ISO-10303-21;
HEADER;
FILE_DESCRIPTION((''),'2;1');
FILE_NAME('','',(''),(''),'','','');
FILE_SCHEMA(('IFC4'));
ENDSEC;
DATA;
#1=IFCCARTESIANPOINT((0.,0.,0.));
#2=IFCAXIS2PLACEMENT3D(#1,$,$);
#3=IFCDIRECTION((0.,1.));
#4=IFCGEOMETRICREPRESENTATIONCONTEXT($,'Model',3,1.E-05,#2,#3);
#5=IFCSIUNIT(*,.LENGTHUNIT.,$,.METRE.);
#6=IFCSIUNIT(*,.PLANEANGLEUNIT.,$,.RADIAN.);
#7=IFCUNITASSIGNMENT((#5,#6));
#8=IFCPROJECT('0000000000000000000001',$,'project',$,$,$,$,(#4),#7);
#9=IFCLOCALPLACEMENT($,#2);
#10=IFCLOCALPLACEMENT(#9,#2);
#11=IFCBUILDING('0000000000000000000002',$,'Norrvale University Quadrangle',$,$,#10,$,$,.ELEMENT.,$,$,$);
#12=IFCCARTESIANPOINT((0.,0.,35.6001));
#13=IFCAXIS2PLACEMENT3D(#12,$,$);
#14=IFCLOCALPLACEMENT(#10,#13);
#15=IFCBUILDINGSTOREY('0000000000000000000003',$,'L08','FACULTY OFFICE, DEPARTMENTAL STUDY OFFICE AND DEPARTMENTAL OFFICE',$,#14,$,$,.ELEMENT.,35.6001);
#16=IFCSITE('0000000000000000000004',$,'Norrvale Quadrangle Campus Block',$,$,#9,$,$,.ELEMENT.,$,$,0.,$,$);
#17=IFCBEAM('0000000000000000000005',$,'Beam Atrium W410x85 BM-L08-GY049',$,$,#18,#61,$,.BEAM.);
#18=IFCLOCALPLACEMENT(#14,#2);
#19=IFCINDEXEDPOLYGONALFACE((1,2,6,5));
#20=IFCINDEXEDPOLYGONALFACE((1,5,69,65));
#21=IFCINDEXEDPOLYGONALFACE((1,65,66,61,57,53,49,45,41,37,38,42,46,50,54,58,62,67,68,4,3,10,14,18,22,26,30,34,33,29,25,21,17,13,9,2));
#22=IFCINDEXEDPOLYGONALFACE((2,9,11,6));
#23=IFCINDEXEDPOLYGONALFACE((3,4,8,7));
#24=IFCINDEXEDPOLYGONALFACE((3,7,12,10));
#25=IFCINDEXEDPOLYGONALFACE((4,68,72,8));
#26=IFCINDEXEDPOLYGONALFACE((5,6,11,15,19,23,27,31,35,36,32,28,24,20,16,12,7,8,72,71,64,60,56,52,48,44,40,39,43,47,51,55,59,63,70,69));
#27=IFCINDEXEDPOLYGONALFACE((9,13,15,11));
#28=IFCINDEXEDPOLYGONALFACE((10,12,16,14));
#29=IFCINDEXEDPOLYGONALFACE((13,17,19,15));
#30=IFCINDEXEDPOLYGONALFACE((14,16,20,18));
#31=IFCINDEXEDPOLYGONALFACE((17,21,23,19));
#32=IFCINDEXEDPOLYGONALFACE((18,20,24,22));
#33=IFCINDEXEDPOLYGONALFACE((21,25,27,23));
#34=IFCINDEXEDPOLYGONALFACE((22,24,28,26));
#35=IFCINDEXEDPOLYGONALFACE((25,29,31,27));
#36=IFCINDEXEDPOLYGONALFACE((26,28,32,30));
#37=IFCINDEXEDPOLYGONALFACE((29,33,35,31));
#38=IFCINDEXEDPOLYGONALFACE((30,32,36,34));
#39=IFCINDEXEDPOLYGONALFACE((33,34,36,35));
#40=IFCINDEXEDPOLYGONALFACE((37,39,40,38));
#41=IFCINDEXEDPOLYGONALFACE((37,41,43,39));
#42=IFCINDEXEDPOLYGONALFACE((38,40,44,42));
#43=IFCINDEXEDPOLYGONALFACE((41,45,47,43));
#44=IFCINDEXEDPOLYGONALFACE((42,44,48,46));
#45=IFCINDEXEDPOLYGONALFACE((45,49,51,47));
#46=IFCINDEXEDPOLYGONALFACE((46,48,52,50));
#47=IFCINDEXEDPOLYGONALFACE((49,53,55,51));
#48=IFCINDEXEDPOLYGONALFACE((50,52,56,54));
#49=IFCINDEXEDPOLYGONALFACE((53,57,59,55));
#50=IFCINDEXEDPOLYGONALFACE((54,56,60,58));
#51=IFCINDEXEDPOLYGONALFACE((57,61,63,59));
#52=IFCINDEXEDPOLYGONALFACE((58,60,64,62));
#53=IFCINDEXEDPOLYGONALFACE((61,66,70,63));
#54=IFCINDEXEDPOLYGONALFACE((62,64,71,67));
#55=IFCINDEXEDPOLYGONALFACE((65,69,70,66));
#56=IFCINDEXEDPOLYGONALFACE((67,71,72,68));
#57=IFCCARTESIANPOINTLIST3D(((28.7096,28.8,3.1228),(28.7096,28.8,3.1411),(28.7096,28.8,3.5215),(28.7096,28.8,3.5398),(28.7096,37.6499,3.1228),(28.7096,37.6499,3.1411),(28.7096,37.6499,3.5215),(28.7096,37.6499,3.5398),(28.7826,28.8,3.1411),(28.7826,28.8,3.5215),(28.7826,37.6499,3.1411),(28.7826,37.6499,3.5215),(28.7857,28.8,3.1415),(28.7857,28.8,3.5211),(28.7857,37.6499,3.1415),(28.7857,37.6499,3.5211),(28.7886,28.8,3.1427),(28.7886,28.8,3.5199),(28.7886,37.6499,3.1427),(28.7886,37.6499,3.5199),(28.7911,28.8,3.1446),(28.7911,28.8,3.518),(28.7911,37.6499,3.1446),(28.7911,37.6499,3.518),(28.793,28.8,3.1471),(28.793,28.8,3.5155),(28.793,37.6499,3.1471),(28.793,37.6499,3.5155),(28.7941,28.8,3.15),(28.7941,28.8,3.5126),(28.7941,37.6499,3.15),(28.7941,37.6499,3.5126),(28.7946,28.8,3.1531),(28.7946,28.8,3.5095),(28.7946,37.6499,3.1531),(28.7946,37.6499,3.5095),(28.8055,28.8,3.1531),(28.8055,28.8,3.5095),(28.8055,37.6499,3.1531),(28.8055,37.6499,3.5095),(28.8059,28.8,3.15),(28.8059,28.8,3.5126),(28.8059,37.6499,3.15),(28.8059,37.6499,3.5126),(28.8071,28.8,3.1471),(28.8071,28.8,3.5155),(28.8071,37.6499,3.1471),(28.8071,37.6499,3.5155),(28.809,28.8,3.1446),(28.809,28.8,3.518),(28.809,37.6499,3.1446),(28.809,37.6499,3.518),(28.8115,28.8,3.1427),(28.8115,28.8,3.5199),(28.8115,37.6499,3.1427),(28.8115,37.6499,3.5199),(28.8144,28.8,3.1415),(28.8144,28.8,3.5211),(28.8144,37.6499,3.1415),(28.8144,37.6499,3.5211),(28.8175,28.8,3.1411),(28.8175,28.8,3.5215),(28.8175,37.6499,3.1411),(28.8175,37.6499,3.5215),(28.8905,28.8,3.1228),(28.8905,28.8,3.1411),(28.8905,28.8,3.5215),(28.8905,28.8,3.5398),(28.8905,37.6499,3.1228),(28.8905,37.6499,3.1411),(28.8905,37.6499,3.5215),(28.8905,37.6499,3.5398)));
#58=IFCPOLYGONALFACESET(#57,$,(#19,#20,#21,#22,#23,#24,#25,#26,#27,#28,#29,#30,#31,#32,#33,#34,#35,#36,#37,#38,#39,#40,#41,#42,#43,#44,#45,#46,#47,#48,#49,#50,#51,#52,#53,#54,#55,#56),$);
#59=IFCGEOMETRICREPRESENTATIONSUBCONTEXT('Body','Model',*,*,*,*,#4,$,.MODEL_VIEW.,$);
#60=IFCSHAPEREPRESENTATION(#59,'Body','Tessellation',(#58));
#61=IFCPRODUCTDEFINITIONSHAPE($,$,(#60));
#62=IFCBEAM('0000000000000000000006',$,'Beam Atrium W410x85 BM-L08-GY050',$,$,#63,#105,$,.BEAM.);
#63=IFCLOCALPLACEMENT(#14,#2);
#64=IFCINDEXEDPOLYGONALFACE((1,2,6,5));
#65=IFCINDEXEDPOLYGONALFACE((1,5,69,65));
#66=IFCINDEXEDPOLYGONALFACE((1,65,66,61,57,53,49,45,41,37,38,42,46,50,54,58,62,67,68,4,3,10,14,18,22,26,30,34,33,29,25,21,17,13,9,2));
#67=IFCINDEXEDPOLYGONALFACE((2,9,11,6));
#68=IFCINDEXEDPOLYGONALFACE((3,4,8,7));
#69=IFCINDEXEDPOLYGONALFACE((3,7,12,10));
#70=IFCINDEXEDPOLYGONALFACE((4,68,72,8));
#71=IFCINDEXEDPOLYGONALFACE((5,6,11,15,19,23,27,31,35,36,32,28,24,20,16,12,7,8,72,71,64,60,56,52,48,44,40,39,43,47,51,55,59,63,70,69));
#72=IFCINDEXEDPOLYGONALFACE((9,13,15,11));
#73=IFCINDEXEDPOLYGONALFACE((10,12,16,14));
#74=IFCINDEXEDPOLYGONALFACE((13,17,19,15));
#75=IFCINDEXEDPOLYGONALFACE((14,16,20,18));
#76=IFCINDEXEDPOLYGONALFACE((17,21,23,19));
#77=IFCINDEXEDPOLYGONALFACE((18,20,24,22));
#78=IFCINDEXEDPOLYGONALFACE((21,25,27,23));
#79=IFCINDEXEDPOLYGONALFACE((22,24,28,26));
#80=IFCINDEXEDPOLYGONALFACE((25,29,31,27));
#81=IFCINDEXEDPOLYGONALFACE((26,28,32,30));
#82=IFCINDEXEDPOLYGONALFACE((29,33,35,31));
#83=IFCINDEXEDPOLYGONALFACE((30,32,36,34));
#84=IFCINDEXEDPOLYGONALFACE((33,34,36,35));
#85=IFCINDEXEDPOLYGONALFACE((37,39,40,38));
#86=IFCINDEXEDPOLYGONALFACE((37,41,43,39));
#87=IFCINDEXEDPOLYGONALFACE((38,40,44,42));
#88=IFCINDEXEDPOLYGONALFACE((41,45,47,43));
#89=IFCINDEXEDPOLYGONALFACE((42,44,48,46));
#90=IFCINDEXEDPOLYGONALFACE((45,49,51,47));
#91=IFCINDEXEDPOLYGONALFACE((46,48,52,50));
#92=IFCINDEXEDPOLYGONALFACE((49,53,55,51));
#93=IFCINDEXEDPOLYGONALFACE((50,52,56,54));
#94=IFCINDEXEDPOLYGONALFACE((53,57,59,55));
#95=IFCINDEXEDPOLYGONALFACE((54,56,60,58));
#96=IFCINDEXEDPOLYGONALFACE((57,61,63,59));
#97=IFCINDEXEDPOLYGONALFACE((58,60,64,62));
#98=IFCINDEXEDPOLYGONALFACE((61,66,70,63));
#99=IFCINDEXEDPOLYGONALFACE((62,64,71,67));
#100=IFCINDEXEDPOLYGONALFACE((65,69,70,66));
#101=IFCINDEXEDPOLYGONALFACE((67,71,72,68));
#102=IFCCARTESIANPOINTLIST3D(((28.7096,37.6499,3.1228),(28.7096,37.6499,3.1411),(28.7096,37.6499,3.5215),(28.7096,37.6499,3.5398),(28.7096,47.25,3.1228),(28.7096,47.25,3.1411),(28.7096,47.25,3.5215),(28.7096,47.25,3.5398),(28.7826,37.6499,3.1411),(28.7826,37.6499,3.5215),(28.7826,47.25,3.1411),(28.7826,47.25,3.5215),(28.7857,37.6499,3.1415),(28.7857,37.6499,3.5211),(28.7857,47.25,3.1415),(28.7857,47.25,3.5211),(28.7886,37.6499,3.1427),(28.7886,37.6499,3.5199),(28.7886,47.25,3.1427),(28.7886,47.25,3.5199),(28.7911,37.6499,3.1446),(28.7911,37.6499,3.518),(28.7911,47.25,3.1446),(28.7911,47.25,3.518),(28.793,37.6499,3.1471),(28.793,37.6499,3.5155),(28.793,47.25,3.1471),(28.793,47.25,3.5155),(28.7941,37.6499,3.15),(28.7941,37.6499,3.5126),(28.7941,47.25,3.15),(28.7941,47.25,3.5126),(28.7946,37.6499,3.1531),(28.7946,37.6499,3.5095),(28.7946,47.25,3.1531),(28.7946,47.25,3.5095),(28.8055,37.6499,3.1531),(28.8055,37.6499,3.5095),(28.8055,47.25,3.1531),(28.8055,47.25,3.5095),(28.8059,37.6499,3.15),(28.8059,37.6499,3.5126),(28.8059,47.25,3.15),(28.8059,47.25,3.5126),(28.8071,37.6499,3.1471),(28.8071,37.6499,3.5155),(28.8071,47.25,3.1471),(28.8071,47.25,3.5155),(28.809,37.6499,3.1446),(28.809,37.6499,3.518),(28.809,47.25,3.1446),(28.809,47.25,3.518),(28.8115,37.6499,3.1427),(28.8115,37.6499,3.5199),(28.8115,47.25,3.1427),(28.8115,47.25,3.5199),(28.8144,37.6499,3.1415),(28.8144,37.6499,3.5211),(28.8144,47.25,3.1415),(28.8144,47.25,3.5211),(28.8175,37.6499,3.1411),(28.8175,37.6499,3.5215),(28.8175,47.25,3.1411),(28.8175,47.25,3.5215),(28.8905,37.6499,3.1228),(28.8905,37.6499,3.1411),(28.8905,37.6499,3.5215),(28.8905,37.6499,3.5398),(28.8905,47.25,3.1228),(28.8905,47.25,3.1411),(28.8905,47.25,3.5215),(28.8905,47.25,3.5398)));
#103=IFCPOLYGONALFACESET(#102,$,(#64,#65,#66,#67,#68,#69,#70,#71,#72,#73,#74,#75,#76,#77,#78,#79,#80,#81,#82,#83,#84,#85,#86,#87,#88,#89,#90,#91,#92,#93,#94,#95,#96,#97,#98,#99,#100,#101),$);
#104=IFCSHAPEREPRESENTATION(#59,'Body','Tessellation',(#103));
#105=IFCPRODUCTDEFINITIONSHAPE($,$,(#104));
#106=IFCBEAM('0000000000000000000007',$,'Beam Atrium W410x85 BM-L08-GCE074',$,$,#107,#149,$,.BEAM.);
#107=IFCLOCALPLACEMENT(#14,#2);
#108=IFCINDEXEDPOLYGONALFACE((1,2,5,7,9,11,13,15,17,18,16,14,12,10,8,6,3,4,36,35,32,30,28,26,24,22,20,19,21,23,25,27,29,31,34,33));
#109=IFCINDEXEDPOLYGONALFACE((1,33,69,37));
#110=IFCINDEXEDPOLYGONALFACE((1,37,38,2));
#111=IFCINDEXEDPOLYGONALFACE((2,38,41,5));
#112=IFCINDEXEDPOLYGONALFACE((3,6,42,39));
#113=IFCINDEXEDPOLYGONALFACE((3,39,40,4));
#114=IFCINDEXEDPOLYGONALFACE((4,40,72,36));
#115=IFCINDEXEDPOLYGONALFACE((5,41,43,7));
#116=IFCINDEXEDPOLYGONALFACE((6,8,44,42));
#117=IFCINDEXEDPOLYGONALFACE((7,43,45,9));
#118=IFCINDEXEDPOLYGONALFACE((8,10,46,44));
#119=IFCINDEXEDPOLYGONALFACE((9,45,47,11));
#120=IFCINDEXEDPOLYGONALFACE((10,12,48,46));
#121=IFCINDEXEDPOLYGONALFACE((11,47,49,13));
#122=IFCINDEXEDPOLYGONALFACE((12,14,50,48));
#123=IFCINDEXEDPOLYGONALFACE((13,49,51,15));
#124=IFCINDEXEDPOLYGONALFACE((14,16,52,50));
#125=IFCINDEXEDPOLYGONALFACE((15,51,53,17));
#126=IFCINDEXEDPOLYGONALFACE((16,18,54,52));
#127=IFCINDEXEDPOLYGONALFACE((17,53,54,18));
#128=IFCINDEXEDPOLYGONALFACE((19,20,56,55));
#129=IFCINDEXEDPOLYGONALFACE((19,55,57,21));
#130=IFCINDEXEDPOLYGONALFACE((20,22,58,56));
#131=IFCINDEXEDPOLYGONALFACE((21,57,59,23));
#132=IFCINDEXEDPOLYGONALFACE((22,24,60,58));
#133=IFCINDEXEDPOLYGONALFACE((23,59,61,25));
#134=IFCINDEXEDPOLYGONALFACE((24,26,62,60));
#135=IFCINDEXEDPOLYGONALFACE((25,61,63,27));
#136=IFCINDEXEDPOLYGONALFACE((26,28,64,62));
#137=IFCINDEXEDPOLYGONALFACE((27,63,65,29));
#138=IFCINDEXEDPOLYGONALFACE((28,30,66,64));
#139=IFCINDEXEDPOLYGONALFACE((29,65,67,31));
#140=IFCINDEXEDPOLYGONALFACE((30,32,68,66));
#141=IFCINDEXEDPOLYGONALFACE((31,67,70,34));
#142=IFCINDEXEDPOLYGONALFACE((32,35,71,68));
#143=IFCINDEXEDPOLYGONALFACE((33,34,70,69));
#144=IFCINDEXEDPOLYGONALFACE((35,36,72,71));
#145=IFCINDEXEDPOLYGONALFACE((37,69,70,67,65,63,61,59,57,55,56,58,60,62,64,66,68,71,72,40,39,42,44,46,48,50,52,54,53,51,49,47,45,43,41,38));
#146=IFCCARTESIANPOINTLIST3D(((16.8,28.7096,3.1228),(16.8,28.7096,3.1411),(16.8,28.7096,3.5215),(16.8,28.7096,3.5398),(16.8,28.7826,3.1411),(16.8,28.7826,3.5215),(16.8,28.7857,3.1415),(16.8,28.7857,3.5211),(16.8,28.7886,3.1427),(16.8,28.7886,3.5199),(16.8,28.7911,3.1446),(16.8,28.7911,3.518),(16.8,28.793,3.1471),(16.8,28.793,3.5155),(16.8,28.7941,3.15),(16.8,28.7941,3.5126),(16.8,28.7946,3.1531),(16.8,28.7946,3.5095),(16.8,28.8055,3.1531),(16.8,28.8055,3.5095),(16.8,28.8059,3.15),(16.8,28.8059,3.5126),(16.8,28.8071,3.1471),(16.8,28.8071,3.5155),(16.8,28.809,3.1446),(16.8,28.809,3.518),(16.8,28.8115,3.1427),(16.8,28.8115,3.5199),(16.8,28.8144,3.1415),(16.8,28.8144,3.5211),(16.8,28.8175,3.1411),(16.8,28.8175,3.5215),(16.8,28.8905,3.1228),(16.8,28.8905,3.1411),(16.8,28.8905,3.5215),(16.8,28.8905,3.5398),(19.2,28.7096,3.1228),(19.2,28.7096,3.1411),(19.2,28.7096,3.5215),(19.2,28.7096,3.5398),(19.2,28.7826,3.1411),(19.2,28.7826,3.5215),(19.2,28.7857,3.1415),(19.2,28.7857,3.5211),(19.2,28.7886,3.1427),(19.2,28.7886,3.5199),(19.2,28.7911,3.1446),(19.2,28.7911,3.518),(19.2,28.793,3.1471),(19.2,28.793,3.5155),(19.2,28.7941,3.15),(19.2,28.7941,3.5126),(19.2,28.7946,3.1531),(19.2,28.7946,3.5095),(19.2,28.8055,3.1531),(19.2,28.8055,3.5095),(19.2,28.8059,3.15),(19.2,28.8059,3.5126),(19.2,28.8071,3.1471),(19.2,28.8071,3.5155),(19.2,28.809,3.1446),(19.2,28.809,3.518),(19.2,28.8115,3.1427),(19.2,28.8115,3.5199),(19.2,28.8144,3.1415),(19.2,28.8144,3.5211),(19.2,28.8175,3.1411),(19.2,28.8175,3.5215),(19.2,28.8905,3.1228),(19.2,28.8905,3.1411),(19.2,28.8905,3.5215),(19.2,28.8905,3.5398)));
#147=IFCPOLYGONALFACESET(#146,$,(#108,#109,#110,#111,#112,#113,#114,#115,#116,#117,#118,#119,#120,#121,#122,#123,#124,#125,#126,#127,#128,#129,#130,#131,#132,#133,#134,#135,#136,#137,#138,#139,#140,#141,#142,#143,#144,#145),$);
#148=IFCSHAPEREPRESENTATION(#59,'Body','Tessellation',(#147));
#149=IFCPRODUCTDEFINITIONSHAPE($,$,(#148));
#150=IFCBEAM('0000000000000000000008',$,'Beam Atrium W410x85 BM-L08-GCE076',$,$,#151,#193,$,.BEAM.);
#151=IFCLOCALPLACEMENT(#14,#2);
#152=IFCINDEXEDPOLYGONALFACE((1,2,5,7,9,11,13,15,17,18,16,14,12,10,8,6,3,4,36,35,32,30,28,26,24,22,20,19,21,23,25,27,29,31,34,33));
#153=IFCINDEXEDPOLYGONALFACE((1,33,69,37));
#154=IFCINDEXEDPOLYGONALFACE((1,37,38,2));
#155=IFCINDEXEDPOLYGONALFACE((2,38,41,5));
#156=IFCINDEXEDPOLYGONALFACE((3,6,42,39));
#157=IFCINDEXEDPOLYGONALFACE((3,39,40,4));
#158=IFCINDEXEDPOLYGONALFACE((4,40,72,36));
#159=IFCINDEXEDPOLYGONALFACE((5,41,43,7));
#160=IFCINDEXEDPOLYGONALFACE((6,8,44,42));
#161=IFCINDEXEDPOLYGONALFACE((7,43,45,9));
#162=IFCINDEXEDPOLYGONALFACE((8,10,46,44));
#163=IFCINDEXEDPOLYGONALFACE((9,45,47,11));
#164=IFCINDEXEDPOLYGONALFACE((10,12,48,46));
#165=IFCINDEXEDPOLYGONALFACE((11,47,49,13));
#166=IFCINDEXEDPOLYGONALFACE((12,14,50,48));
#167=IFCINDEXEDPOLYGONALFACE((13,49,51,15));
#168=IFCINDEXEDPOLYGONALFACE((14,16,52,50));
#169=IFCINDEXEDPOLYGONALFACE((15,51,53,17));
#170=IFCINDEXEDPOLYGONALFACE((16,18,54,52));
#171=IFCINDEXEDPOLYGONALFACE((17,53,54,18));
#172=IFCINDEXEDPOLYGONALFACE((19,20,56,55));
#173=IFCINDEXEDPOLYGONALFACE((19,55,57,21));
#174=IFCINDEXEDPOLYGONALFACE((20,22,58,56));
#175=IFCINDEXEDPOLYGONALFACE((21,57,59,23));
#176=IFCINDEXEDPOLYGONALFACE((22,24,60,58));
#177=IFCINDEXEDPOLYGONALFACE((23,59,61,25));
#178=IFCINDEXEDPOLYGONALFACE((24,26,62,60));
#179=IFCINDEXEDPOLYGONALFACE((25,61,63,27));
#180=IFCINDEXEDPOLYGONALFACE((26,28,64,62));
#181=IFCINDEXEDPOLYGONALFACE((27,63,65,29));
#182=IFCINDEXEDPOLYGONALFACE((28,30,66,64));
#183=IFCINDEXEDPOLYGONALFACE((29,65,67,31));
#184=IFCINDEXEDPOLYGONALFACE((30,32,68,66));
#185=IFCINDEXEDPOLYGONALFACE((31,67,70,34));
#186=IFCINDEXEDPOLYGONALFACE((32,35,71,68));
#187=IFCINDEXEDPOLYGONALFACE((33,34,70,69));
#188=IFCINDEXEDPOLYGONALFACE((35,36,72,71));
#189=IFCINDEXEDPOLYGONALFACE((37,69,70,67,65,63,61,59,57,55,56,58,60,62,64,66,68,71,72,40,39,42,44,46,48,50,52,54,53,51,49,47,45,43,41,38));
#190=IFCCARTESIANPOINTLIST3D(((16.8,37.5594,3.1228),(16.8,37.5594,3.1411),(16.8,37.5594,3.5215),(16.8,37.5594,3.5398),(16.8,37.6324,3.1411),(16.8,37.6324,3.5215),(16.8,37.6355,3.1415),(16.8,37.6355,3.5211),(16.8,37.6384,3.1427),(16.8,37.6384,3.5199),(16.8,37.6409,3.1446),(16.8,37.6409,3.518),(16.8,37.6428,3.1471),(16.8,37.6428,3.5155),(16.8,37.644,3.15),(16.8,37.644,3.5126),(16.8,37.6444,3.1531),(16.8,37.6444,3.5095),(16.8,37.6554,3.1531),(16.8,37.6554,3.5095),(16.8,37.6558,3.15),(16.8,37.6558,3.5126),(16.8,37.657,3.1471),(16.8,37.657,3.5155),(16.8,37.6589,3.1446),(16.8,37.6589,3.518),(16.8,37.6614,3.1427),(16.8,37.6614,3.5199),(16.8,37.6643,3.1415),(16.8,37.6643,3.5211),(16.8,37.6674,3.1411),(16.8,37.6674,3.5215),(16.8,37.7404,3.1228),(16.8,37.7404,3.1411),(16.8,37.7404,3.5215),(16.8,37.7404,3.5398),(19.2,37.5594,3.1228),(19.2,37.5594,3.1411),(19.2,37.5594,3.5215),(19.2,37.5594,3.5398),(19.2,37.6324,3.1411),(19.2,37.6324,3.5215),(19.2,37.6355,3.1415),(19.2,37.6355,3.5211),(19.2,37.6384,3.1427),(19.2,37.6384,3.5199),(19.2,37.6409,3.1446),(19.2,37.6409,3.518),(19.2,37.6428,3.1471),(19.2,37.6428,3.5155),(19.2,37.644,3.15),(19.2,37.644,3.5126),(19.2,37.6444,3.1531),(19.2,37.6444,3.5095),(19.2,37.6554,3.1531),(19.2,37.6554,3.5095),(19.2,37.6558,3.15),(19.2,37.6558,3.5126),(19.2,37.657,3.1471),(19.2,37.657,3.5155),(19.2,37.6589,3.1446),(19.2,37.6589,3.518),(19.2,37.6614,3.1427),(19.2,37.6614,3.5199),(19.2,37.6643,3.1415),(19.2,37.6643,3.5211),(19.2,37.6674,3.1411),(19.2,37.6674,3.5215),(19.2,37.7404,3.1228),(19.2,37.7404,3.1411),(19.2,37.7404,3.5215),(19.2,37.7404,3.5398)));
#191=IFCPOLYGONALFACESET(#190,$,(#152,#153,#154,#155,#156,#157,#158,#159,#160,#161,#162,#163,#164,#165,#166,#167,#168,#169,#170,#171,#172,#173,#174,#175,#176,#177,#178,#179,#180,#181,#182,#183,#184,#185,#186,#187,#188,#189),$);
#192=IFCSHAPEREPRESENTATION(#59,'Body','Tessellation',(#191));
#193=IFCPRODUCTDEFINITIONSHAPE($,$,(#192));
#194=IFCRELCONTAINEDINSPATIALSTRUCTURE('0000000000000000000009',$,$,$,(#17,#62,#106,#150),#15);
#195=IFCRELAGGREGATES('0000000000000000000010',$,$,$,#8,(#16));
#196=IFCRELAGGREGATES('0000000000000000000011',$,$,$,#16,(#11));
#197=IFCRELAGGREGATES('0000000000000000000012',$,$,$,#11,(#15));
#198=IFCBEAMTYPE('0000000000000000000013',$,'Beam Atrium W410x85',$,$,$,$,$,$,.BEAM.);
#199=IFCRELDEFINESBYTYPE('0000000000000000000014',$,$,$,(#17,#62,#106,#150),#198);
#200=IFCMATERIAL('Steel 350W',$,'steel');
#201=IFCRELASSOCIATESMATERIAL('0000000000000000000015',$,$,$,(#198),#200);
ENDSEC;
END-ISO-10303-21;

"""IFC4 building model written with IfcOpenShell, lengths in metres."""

from ifc_helpers import new_model, si_unit, direction, frame, origin, origin_2d, place, context, subcontext, project, spatial, i_section, extrude, material, material_profile, profile_set, type_object, element, save


model = new_model("IFC4")

# Units and contexts
model_context = context("Model", 3, precision=1e-05, world=origin(), true_north=direction((0.0, 1.0)))
body_context = subcontext(model_context, "Body", "Model", "MODEL_VIEW")
ifc_project = project(units=[si_unit("LENGTHUNIT", "METRE"), si_unit("PLANEANGLEUNIT", "RADIAN")], contexts=[model_context])

# Site, building, storey
site_placement = place(None, origin())
site = spatial("IfcSite", under=ifc_project, at=site_placement, Name="Norrvale Quadrangle Campus Block", CompositionType="ELEMENT", RefElevation=0.0)
building_placement = place(site_placement, origin())
building = spatial("IfcBuilding", under=site, at=building_placement, Name="Norrvale University Quadrangle", CompositionType="ELEMENT")
storey_placement = place(building_placement, frame((0.0, 0.0, 35.6001)))
storey = spatial("IfcBuildingStorey", under=building, at=storey_placement, Name="L08", Description="FACULTY OFFICE, DEPARTMENTAL STUDY OFFICE AND DEPARTMENTAL OFFICE", CompositionType="ELEMENT", Elevation=35.6001)

# Beams
ifc_material_1 = material(Name="Steel 350W", Category="steel")
ifc_material_profile_1 = material_profile(ifc_material_1, i_section(OverallWidth=0.1809, OverallDepth=0.417, WebThickness=0.011, FlangeThickness=0.0183, FilletRadius=0.012, at=origin_2d()), Name="Steel 350W")
ifc_profile_set_1 = profile_set([ifc_material_profile_1], Name="Steel 350W")
beam_type_1 = type_object("IfcBeamType", Name="Beam Atrium W410x85", PredefinedType="BEAM", material=ifc_profile_set_1)
beam_1_placement = place(storey_placement, frame((28.8, 28.8, 3.3313), z_axis=(0.0, 1.0, 0.0), x_axis=(-1.0, 0.0, 0.0)))
element("IfcBeam", 1, at=beam_1_placement, inside=storey, type_object=beam_type_1, Name="Beam Atrium W410x85 BM-L08-GY049", PredefinedType="BEAM", context=body_context, shape_type="SweptSolid", body=[
    extrude(i_section(OverallWidth=0.1809, OverallDepth=0.417, WebThickness=0.011, FlangeThickness=0.0183, FilletRadius=0.012, at=origin_2d()), origin(), (0.0, 0.0, 1.0), 8.8499),
])
beam_2_placement = place(storey_placement, frame((28.8, 37.6499, 3.3313), z_axis=(0.0, 1.0, 0.0), x_axis=(-1.0, 0.0, 0.0)))
element("IfcBeam", 2, at=beam_2_placement, inside=storey, type_object=beam_type_1, Name="Beam Atrium W410x85 BM-L08-GY050", PredefinedType="BEAM", context=body_context, shape_type="SweptSolid", body=[
    extrude(i_section(OverallWidth=0.1809, OverallDepth=0.417, WebThickness=0.011, FlangeThickness=0.0183, FilletRadius=0.012, at=origin_2d()), origin(), (0.0, 0.0, 1.0), 9.6001),
])
for number, where, z_axis, x_axis, name in (
    (3, (16.8, 28.8, 3.3313), (1.0, 0.0, 0.0), (0.0, 1.0, 0.0), "Beam Atrium W410x85 BM-L08-GCE074"),
    (4, (16.8, 37.6499, 3.3313), (1.0, 0.0, 0.0), (0.0, 1.0, 0.0), "Beam Atrium W410x85 BM-L08-GCE076"),
):
    element("IfcBeam", number, at=place(storey_placement, frame(where, z_axis=z_axis, x_axis=x_axis)), inside=storey, type_object=beam_type_1, Name=name, PredefinedType="BEAM", context=body_context, shape_type="SweptSolid", body=[
        extrude(i_section(OverallWidth=0.1809, OverallDepth=0.417, WebThickness=0.011, FlangeThickness=0.0183, FilletRadius=0.012, at=origin_2d()), origin(), (0.0, 0.0, 1.0), 2.3999),
    ])

save(model, "model.ifc")
